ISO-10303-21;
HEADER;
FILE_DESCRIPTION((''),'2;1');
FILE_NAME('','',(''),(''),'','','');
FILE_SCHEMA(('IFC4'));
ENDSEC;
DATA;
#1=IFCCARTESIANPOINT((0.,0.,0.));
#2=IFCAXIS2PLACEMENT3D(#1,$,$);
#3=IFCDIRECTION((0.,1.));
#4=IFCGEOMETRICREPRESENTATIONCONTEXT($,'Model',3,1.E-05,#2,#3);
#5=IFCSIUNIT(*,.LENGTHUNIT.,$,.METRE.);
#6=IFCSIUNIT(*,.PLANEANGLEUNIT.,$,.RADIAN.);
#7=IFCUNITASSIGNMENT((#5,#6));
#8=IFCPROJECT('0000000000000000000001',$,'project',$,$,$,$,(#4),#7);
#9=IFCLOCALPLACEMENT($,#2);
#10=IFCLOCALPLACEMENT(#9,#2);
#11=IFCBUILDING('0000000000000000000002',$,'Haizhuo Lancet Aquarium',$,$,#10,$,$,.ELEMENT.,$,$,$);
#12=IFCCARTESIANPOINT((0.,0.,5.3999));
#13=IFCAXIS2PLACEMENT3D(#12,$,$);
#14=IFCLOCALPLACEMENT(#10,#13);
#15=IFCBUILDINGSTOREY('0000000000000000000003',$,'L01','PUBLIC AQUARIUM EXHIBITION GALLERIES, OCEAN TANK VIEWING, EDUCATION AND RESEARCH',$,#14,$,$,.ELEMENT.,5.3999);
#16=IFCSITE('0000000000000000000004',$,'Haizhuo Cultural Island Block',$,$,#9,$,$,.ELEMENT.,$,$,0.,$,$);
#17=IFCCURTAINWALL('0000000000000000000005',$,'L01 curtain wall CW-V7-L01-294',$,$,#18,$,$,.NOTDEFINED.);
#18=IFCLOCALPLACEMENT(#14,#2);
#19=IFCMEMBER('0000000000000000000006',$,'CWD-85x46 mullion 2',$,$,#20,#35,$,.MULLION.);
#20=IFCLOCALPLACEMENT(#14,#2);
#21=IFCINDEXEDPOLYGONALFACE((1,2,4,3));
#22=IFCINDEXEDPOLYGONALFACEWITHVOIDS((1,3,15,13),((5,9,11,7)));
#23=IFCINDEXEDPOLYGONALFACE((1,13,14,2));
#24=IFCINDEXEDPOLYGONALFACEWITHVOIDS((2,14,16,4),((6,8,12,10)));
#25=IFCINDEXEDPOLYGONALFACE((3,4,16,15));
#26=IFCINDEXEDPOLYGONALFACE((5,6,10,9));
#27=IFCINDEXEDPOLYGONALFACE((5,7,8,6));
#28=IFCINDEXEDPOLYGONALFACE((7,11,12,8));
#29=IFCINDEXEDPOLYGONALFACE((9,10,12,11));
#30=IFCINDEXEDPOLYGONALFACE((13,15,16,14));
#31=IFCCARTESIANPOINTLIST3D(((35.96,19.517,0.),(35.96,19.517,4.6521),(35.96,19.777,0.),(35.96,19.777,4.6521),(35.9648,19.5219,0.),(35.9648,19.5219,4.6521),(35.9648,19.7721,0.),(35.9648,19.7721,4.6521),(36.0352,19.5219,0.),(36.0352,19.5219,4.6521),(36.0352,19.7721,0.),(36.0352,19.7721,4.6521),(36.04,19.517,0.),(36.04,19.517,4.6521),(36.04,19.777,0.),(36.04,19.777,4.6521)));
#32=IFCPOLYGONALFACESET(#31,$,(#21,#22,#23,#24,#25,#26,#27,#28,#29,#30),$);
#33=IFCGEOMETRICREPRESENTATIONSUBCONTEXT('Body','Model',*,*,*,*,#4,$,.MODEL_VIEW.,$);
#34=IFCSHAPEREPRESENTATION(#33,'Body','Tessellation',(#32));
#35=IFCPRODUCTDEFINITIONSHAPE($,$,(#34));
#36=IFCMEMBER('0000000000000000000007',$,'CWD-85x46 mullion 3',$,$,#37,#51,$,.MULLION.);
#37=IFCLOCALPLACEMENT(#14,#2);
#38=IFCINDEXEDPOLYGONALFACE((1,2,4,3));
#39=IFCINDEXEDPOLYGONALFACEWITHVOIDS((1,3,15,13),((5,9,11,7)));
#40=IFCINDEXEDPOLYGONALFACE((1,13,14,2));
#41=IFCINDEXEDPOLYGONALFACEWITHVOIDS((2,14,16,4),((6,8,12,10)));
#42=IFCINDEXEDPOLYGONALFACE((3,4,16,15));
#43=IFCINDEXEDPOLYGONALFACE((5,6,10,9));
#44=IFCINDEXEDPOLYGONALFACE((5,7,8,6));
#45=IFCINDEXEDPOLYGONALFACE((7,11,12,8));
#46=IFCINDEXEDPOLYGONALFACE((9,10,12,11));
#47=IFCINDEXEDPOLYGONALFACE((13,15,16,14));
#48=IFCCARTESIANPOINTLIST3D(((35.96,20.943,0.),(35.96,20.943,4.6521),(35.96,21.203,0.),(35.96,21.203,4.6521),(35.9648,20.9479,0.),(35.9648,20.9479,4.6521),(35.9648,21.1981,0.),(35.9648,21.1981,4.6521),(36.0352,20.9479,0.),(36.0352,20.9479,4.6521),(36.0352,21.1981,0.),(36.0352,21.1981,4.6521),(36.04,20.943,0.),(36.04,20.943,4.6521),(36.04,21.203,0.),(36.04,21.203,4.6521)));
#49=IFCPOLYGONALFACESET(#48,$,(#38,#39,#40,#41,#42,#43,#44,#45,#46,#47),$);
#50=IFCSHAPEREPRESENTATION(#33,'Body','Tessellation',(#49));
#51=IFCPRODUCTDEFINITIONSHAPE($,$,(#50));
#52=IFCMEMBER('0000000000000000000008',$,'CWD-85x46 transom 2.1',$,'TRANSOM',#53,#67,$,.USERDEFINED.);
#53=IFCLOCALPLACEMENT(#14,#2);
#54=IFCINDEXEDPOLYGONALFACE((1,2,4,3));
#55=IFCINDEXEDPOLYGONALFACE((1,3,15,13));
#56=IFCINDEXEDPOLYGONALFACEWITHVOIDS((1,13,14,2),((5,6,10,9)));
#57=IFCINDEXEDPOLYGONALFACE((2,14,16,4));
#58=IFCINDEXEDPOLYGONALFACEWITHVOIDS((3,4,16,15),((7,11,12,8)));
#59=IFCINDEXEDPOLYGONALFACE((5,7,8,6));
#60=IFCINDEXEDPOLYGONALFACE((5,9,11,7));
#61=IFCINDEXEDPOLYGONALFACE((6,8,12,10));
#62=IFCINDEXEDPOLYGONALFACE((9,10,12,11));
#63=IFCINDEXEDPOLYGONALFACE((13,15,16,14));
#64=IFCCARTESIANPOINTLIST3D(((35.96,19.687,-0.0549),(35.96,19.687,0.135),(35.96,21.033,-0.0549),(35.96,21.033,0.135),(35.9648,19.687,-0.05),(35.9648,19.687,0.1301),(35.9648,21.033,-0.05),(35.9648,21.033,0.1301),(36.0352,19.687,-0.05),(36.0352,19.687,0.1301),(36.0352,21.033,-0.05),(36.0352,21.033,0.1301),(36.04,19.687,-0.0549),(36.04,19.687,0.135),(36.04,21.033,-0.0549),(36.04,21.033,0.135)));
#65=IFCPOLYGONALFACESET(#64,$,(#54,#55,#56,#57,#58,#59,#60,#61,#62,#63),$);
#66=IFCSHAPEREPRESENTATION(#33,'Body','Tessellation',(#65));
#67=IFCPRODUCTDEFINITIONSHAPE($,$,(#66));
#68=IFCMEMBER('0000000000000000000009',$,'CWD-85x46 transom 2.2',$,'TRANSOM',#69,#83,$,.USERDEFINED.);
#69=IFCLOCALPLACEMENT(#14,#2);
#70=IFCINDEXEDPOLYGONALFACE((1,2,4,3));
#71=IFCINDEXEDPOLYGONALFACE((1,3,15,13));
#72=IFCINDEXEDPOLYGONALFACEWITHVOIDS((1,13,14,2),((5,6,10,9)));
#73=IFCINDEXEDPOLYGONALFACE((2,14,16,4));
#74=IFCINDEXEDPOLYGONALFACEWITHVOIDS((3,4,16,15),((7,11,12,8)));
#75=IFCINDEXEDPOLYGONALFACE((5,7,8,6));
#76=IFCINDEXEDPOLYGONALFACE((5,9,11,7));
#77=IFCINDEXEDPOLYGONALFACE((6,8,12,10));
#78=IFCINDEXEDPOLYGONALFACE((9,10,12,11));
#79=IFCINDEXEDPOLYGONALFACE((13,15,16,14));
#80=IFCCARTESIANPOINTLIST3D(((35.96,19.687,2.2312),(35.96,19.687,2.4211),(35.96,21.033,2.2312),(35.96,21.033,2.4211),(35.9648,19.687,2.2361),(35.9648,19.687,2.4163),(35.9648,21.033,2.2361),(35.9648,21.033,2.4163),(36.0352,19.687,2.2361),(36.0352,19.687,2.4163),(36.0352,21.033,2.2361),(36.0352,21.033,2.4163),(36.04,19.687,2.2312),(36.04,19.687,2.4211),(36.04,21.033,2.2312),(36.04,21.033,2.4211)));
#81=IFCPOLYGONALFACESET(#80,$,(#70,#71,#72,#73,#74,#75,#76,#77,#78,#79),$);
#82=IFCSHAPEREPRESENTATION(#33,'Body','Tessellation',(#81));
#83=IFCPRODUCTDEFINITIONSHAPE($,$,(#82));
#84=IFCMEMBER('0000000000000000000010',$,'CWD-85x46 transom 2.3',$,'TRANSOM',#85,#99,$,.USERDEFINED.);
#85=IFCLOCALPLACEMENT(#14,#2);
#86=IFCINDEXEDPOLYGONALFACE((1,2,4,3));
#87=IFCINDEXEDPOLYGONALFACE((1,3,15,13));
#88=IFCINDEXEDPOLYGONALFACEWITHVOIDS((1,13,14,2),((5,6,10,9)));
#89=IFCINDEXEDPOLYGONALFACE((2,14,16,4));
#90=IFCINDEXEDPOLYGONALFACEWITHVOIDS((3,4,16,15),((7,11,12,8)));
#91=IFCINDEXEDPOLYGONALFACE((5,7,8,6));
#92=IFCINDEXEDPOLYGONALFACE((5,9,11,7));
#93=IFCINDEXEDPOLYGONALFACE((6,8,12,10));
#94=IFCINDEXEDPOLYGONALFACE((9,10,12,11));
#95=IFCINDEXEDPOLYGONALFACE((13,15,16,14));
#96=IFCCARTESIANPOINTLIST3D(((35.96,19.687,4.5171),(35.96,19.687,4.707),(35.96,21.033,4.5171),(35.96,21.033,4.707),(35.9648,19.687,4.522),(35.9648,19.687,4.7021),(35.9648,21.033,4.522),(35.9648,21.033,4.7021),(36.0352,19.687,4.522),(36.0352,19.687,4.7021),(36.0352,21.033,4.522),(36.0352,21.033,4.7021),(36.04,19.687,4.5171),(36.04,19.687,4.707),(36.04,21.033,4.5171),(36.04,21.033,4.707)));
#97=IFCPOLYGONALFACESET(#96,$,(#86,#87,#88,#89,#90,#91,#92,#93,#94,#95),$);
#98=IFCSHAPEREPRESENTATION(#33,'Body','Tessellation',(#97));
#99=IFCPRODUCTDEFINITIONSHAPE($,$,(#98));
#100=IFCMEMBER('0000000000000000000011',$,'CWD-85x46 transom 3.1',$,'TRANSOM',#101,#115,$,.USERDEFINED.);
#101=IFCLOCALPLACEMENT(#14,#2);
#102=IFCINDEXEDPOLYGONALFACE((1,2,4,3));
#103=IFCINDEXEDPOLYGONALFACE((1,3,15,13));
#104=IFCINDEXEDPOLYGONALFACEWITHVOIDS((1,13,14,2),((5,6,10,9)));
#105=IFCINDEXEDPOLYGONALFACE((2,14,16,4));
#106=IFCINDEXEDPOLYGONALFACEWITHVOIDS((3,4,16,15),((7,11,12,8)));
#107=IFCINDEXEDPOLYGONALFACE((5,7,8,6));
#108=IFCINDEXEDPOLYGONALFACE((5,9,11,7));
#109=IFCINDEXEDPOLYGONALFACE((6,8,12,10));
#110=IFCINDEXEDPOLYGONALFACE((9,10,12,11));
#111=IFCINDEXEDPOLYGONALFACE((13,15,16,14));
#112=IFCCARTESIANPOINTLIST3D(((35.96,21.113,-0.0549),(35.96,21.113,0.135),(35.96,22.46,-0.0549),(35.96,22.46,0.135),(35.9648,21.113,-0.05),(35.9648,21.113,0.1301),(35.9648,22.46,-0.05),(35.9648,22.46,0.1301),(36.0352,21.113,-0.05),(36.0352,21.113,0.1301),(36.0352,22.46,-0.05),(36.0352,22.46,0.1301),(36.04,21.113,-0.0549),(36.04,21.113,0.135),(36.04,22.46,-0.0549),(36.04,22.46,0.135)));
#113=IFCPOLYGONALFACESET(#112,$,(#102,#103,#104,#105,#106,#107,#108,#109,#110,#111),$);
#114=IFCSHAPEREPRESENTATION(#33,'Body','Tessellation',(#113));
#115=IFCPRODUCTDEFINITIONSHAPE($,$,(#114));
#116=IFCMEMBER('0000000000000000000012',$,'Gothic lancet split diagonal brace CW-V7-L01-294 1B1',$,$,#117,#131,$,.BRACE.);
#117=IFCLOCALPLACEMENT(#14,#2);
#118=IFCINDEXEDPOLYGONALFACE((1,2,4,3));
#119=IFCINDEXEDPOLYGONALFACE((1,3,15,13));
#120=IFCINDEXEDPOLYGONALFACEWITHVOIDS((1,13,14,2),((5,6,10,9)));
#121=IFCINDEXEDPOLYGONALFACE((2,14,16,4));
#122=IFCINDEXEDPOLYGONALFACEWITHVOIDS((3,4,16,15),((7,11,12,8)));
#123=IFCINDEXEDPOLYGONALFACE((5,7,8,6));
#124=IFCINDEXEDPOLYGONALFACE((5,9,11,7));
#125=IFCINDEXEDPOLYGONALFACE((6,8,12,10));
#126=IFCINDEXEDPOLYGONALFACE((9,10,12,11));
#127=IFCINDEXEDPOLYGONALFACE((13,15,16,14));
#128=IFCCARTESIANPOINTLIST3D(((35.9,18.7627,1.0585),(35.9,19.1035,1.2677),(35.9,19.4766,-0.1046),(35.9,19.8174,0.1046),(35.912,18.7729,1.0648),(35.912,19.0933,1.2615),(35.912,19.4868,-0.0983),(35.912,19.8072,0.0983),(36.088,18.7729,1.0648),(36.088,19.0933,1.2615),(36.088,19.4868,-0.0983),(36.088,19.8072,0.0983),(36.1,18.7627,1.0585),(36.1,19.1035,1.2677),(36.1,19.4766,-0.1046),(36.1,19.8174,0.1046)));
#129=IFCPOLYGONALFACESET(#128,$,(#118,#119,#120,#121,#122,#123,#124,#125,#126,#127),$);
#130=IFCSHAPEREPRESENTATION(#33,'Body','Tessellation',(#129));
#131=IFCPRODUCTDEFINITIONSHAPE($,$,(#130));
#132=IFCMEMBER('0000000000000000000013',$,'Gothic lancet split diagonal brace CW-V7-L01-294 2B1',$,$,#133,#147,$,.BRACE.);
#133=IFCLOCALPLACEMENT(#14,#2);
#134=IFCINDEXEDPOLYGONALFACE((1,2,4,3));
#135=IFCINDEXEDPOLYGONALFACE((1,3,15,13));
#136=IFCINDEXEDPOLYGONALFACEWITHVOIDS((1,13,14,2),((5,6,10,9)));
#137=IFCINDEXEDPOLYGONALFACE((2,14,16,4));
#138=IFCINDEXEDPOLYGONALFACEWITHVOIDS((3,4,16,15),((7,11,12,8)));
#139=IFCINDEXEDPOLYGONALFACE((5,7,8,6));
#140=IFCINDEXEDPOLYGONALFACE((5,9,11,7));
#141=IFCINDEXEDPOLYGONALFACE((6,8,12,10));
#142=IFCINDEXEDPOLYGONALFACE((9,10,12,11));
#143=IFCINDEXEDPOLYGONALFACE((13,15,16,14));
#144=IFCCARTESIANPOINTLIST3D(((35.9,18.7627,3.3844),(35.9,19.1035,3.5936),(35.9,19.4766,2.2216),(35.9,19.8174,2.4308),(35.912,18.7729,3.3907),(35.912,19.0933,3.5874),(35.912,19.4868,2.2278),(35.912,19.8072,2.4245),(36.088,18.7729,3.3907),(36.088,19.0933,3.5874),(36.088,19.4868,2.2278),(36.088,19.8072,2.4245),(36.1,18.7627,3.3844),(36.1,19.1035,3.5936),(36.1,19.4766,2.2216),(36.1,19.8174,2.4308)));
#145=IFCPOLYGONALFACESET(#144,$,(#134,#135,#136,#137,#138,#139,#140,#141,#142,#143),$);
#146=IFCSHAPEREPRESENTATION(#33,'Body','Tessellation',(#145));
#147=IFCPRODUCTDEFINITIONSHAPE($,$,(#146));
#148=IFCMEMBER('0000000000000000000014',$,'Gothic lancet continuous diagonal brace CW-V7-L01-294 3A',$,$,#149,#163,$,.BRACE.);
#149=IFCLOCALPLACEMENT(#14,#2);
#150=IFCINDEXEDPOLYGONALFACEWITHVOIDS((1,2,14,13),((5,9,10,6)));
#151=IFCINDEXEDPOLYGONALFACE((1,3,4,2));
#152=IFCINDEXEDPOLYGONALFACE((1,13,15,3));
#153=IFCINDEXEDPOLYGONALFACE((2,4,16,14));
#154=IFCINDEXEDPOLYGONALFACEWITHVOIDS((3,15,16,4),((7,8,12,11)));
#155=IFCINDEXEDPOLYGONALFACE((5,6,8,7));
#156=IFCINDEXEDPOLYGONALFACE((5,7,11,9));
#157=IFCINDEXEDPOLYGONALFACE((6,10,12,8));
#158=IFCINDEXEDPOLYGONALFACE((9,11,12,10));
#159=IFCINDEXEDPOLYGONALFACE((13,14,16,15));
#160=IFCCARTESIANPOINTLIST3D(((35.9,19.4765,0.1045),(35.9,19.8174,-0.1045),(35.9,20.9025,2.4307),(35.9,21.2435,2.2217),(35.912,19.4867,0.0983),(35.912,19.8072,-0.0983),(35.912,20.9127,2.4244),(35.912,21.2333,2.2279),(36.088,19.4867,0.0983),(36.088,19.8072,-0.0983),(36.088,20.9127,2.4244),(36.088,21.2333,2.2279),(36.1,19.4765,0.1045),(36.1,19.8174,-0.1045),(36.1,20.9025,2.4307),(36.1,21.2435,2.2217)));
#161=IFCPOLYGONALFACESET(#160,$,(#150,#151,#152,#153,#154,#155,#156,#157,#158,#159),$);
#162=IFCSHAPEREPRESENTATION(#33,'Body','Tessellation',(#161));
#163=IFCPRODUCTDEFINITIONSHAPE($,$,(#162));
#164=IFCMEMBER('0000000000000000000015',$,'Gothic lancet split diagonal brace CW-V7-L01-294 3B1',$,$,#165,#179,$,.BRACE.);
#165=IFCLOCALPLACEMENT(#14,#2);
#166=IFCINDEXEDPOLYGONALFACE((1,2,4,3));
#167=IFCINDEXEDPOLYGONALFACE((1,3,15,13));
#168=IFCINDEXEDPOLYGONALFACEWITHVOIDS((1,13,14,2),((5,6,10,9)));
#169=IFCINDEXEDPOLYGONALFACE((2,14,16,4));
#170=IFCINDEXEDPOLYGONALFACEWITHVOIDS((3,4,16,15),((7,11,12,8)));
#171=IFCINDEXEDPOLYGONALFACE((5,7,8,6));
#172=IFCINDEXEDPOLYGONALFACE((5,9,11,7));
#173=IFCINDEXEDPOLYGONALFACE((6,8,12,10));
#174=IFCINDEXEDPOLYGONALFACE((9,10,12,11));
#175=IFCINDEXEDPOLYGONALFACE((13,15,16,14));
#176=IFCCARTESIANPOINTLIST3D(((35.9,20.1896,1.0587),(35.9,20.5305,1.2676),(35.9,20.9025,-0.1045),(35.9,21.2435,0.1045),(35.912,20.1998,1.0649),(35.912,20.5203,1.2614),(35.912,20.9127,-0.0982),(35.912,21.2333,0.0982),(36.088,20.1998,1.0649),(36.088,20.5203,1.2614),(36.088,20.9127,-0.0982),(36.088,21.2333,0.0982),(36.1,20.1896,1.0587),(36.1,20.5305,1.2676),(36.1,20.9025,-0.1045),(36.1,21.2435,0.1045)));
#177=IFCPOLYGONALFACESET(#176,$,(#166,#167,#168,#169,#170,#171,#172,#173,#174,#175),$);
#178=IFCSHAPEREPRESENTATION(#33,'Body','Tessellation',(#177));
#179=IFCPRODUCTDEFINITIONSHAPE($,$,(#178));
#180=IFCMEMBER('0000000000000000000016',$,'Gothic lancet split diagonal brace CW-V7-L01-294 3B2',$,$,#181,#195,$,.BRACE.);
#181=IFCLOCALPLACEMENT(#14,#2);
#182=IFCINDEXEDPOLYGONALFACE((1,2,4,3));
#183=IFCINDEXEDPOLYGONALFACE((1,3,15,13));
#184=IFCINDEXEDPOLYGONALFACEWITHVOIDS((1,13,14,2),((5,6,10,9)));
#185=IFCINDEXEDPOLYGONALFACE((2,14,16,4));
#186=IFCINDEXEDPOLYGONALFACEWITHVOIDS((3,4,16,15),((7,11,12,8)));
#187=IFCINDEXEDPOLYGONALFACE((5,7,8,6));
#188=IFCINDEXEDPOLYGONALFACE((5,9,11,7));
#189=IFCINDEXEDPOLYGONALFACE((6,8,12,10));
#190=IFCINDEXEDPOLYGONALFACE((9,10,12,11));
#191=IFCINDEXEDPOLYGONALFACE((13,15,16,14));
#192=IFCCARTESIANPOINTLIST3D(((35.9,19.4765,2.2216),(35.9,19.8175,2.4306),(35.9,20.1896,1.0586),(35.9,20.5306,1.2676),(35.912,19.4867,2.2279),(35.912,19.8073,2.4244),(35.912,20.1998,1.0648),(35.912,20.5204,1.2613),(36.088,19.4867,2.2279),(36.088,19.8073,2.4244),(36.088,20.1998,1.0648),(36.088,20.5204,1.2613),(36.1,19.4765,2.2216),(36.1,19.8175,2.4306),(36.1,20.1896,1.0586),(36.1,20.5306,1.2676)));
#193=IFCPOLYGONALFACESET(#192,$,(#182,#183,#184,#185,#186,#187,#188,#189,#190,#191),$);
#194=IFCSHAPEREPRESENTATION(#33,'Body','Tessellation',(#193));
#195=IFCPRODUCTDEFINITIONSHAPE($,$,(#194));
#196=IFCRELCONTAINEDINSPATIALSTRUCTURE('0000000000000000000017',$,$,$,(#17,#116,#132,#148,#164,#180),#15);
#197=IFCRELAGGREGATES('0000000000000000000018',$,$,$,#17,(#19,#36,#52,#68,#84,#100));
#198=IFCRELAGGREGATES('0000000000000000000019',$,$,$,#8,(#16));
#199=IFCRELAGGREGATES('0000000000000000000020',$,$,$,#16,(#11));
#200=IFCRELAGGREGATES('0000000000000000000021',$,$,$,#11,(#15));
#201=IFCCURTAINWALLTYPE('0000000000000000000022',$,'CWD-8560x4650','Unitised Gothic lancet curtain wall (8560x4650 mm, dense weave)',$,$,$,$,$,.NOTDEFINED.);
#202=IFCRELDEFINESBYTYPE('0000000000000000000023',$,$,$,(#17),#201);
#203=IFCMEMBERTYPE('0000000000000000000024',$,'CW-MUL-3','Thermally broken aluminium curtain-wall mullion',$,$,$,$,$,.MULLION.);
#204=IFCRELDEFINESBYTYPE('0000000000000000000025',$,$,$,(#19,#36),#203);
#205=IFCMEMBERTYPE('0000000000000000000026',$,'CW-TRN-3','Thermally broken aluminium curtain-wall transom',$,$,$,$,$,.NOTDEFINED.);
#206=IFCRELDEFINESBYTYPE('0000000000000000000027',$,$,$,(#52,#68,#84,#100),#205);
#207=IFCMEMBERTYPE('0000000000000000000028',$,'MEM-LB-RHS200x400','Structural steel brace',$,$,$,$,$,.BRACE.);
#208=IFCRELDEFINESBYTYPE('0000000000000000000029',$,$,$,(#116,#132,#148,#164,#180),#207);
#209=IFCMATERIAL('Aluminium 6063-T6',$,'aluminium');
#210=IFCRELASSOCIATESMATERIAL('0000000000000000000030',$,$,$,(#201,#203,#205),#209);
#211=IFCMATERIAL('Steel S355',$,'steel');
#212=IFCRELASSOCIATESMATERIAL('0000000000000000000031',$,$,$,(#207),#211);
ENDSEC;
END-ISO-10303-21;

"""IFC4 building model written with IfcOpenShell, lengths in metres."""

from ifc_helpers import new_model, si_unit, direction, frame, origin, origin_2d, place, context, subcontext, project, spatial, hollow_rectangle, extrude, material, material_profile, profile_set, type_object, element, aggregate, save


model = new_model("IFC4")

# Units and contexts
model_context = context("Model", 3, precision=1e-05, world=origin(), true_north=direction((0.0, 1.0)))
body_context = subcontext(model_context, "Body", "Model", "MODEL_VIEW")
ifc_project = project(units=[si_unit("LENGTHUNIT", "METRE"), si_unit("PLANEANGLEUNIT", "RADIAN")], contexts=[model_context])

# Site, building, storey
site_placement = place(None, origin())
site = spatial("IfcSite", under=ifc_project, at=site_placement, Name="Haizhuo Cultural Island Block", CompositionType="ELEMENT", RefElevation=0.0)
building_placement = place(site_placement, origin())
building = spatial("IfcBuilding", under=site, at=building_placement, Name="Haizhuo Lancet Aquarium", CompositionType="ELEMENT")
storey_placement = place(building_placement, frame((0.0, 0.0, 5.3999)))
storey = spatial("IfcBuildingStorey", under=building, at=storey_placement, Name="L01", Description="PUBLIC AQUARIUM EXHIBITION GALLERIES, OCEAN TANK VIEWING, EDUCATION AND RESEARCH", CompositionType="ELEMENT", Elevation=5.3999)

# Curtain wall, members
ifc_material_1 = material(Name="Aluminium 6063-T6", Category="aluminium")
curtain_wall_type = type_object("IfcCurtainWallType", Name="CWD-8560x4650", Description="Unitised Gothic lancet curtain wall (8560x4650 mm, dense weave)", PredefinedType="NOTDEFINED", material=ifc_material_1)
curtain_wall_placement = place(storey_placement, origin())
curtain_wall = element("IfcCurtainWall", 1, at=curtain_wall_placement, inside=storey, type_object=curtain_wall_type, Name="L01 curtain wall CW-V7-L01-294", PredefinedType="NOTDEFINED")
ifc_material_profile_1 = material_profile(ifc_material_1, hollow_rectangle(XDim=0.0801, YDim=0.26, WallThickness=0.0049, at=origin_2d()), Name="ALU-M 80x260x5")
ifc_profile_set_1 = profile_set([ifc_material_profile_1], Name="Aluminium 6063-T6")
member_type_1 = type_object("IfcMemberType", Name="CW-MUL-3", Description="Thermally broken aluminium curtain-wall mullion", PredefinedType="MULLION", material=ifc_profile_set_1)
member_1_placement = place(storey_placement, frame((36.0, 19.647, 0.0), z_axis=(0.0, 0.0, 1.0), x_axis=(-1.0, 0.0, 0.0)))
member_1 = element("IfcMember", 2, at=member_1_placement, type_object=member_type_1, Name="CWD-85x46 mullion 2", PredefinedType="MULLION", context=body_context, shape_type="SweptSolid", body=[
    extrude(hollow_rectangle(XDim=0.0801, YDim=0.26, WallThickness=0.0049, at=origin_2d()), origin(), (0.0, 0.0, 1.0), 4.6521),
])
member_2_placement = place(storey_placement, frame((36.0, 21.073, 0.0), z_axis=(0.0, 0.0, 1.0), x_axis=(-1.0, 0.0, 0.0)))
member_2 = element("IfcMember", 3, at=member_2_placement, type_object=member_type_1, Name="CWD-85x46 mullion 3", PredefinedType="MULLION", context=body_context, shape_type="SweptSolid", body=[
    extrude(hollow_rectangle(XDim=0.0801, YDim=0.26, WallThickness=0.0049, at=origin_2d()), origin(), (0.0, 0.0, 1.0), 4.6521),
])
ifc_material_profile_2 = material_profile(ifc_material_1, hollow_rectangle(XDim=0.0801, YDim=0.1899, WallThickness=0.0049, at=origin_2d()), Name="ALU-T 80x190x5")
ifc_profile_set_2 = profile_set([ifc_material_profile_2], Name="Aluminium 6063-T6")
member_type_2 = type_object("IfcMemberType", Name="CW-TRN-3", Description="Thermally broken aluminium curtain-wall transom", PredefinedType="NOTDEFINED", material=ifc_profile_set_2)
member_3_placement = place(storey_placement, frame((36.0, 19.687, 0.04), z_axis=(0.0, 1.0, 0.0), x_axis=(-1.0, 0.0, 0.0)))
member_3 = element("IfcMember", 4, at=member_3_placement, type_object=member_type_2, Name="CWD-85x46 transom 2.1", ObjectType="TRANSOM", PredefinedType="USERDEFINED", context=body_context, shape_type="SweptSolid", body=[
    extrude(hollow_rectangle(XDim=0.0801, YDim=0.1899, WallThickness=0.0049, at=origin_2d()), origin(), (0.0, 0.0, 1.0), 1.3459),
])
member_4_placement = place(storey_placement, frame((36.0, 19.687, 2.3262), z_axis=(0.0, 1.0, 0.0), x_axis=(-1.0, 0.0, 0.0)))
member_4 = element("IfcMember", 5, at=member_4_placement, type_object=member_type_2, Name="CWD-85x46 transom 2.2", ObjectType="TRANSOM", PredefinedType="USERDEFINED", context=body_context, shape_type="SweptSolid", body=[
    extrude(hollow_rectangle(XDim=0.0801, YDim=0.1899, WallThickness=0.0049, at=origin_2d()), origin(), (0.0, 0.0, 1.0), 1.3459),
])
member_5_placement = place(storey_placement, frame((36.0, 19.687, 4.6121), z_axis=(0.0, 1.0, 0.0), x_axis=(-1.0, 0.0, 0.0)))
member_5 = element("IfcMember", 6, at=member_5_placement, type_object=member_type_2, Name="CWD-85x46 transom 2.3", ObjectType="TRANSOM", PredefinedType="USERDEFINED", context=body_context, shape_type="SweptSolid", body=[
    extrude(hollow_rectangle(XDim=0.0801, YDim=0.1899, WallThickness=0.0049, at=origin_2d()), origin(), (0.0, 0.0, 1.0), 1.3459),
])
member_6_placement = place(storey_placement, frame((36.0, 21.113, 0.04), z_axis=(0.0, 1.0, 0.0), x_axis=(-1.0, 0.0, 0.0)))
member_6 = element("IfcMember", 7, at=member_6_placement, type_object=member_type_2, Name="CWD-85x46 transom 3.1", ObjectType="TRANSOM", PredefinedType="USERDEFINED", context=body_context, shape_type="SweptSolid", body=[
    extrude(hollow_rectangle(XDim=0.0801, YDim=0.1899, WallThickness=0.0049, at=origin_2d()), origin(), (0.0, 0.0, 1.0), 1.3469),
])

# Members
ifc_material_2 = material(Name="Steel S355", Category="steel")
ifc_material_profile_3 = material_profile(ifc_material_2, hollow_rectangle(XDim=0.2, YDim=0.3999, WallThickness=0.012, at=origin_2d()), Name="RHS 200x400x12")
ifc_profile_set_3 = profile_set([ifc_material_profile_3], Name="Steel S355")
member_type_3 = type_object("IfcMemberType", Name="MEM-LB-RHS200x400", Description="Structural steel brace", PredefinedType="BRACE", material=ifc_profile_set_3)
member_7_placement = place(storey_placement, frame((36.0, 19.647, 0.0), z_axis=(0.0, -0.523099, 0.852272), x_axis=(1.0, 0.0, 0.0)))
element("IfcMember", 8, at=member_7_placement, inside=storey, type_object=member_type_3, Name="Gothic lancet split diagonal brace CW-V7-L01-294 1B1", PredefinedType="BRACE", context=body_context, shape_type="SweptSolid", body=[
    extrude(hollow_rectangle(XDim=0.2, YDim=0.3999, WallThickness=0.012, at=origin_2d()), origin(), (0.0, 0.0, 1.0), 1.3647),
])
member_8_placement = place(storey_placement, frame((36.0, 19.647, 2.3262), z_axis=(0.0, -0.523179, 0.852223), x_axis=(1.0, 0.0, 0.0)))
element("IfcMember", 9, at=member_8_placement, inside=storey, type_object=member_type_3, Name="Gothic lancet split diagonal brace CW-V7-L01-294 2B1", PredefinedType="BRACE", context=body_context, shape_type="SweptSolid", body=[
    extrude(hollow_rectangle(XDim=0.2, YDim=0.3999, WallThickness=0.012, at=origin_2d()), origin(), (0.0, 0.0, 1.0), 1.3645),
])
member_9_placement = place(storey_placement, frame((36.0, 19.647, 0.0), z_axis=(0.0, 0.522644, 0.852551), x_axis=(-1.0, 0.0, 0.0)))
element("IfcMember", 10, at=member_9_placement, inside=storey, type_object=member_type_3, Name="Gothic lancet continuous diagonal brace CW-V7-L01-294 3A", PredefinedType="BRACE", context=body_context, shape_type="SweptSolid", body=[
    extrude(hollow_rectangle(XDim=0.2, YDim=0.3999, WallThickness=0.012, at=origin_2d()), origin(), (0.0, 0.0, 1.0), 2.7285),
])
for number, where, z_axis, x_axis, name in (
    (11, (36.0, 21.073, 0.0), (0.0, -0.522579, 0.852591), (1.0, 0.0, 0.0), "Gothic lancet split diagonal brace CW-V7-L01-294 3B1"),
    (12, (36.0, 20.3601, 1.1631), (0.0, -0.522709, 0.852511), (1.0, 0.0, 0.0), "Gothic lancet split diagonal brace CW-V7-L01-294 3B2"),
):
    element("IfcMember", number, at=place(storey_placement, frame(where, z_axis=z_axis, x_axis=x_axis)), inside=storey, type_object=member_type_3, Name=name, PredefinedType="BRACE", context=body_context, shape_type="SweptSolid", body=[
        extrude(hollow_rectangle(XDim=0.2, YDim=0.3999, WallThickness=0.012, at=origin_2d()), origin(), (0.0, 0.0, 1.0), 1.3643),
    ])

aggregate(curtain_wall, [member_1, member_2, member_3, member_4, member_5, member_6])

save(model, "model.ifc")
